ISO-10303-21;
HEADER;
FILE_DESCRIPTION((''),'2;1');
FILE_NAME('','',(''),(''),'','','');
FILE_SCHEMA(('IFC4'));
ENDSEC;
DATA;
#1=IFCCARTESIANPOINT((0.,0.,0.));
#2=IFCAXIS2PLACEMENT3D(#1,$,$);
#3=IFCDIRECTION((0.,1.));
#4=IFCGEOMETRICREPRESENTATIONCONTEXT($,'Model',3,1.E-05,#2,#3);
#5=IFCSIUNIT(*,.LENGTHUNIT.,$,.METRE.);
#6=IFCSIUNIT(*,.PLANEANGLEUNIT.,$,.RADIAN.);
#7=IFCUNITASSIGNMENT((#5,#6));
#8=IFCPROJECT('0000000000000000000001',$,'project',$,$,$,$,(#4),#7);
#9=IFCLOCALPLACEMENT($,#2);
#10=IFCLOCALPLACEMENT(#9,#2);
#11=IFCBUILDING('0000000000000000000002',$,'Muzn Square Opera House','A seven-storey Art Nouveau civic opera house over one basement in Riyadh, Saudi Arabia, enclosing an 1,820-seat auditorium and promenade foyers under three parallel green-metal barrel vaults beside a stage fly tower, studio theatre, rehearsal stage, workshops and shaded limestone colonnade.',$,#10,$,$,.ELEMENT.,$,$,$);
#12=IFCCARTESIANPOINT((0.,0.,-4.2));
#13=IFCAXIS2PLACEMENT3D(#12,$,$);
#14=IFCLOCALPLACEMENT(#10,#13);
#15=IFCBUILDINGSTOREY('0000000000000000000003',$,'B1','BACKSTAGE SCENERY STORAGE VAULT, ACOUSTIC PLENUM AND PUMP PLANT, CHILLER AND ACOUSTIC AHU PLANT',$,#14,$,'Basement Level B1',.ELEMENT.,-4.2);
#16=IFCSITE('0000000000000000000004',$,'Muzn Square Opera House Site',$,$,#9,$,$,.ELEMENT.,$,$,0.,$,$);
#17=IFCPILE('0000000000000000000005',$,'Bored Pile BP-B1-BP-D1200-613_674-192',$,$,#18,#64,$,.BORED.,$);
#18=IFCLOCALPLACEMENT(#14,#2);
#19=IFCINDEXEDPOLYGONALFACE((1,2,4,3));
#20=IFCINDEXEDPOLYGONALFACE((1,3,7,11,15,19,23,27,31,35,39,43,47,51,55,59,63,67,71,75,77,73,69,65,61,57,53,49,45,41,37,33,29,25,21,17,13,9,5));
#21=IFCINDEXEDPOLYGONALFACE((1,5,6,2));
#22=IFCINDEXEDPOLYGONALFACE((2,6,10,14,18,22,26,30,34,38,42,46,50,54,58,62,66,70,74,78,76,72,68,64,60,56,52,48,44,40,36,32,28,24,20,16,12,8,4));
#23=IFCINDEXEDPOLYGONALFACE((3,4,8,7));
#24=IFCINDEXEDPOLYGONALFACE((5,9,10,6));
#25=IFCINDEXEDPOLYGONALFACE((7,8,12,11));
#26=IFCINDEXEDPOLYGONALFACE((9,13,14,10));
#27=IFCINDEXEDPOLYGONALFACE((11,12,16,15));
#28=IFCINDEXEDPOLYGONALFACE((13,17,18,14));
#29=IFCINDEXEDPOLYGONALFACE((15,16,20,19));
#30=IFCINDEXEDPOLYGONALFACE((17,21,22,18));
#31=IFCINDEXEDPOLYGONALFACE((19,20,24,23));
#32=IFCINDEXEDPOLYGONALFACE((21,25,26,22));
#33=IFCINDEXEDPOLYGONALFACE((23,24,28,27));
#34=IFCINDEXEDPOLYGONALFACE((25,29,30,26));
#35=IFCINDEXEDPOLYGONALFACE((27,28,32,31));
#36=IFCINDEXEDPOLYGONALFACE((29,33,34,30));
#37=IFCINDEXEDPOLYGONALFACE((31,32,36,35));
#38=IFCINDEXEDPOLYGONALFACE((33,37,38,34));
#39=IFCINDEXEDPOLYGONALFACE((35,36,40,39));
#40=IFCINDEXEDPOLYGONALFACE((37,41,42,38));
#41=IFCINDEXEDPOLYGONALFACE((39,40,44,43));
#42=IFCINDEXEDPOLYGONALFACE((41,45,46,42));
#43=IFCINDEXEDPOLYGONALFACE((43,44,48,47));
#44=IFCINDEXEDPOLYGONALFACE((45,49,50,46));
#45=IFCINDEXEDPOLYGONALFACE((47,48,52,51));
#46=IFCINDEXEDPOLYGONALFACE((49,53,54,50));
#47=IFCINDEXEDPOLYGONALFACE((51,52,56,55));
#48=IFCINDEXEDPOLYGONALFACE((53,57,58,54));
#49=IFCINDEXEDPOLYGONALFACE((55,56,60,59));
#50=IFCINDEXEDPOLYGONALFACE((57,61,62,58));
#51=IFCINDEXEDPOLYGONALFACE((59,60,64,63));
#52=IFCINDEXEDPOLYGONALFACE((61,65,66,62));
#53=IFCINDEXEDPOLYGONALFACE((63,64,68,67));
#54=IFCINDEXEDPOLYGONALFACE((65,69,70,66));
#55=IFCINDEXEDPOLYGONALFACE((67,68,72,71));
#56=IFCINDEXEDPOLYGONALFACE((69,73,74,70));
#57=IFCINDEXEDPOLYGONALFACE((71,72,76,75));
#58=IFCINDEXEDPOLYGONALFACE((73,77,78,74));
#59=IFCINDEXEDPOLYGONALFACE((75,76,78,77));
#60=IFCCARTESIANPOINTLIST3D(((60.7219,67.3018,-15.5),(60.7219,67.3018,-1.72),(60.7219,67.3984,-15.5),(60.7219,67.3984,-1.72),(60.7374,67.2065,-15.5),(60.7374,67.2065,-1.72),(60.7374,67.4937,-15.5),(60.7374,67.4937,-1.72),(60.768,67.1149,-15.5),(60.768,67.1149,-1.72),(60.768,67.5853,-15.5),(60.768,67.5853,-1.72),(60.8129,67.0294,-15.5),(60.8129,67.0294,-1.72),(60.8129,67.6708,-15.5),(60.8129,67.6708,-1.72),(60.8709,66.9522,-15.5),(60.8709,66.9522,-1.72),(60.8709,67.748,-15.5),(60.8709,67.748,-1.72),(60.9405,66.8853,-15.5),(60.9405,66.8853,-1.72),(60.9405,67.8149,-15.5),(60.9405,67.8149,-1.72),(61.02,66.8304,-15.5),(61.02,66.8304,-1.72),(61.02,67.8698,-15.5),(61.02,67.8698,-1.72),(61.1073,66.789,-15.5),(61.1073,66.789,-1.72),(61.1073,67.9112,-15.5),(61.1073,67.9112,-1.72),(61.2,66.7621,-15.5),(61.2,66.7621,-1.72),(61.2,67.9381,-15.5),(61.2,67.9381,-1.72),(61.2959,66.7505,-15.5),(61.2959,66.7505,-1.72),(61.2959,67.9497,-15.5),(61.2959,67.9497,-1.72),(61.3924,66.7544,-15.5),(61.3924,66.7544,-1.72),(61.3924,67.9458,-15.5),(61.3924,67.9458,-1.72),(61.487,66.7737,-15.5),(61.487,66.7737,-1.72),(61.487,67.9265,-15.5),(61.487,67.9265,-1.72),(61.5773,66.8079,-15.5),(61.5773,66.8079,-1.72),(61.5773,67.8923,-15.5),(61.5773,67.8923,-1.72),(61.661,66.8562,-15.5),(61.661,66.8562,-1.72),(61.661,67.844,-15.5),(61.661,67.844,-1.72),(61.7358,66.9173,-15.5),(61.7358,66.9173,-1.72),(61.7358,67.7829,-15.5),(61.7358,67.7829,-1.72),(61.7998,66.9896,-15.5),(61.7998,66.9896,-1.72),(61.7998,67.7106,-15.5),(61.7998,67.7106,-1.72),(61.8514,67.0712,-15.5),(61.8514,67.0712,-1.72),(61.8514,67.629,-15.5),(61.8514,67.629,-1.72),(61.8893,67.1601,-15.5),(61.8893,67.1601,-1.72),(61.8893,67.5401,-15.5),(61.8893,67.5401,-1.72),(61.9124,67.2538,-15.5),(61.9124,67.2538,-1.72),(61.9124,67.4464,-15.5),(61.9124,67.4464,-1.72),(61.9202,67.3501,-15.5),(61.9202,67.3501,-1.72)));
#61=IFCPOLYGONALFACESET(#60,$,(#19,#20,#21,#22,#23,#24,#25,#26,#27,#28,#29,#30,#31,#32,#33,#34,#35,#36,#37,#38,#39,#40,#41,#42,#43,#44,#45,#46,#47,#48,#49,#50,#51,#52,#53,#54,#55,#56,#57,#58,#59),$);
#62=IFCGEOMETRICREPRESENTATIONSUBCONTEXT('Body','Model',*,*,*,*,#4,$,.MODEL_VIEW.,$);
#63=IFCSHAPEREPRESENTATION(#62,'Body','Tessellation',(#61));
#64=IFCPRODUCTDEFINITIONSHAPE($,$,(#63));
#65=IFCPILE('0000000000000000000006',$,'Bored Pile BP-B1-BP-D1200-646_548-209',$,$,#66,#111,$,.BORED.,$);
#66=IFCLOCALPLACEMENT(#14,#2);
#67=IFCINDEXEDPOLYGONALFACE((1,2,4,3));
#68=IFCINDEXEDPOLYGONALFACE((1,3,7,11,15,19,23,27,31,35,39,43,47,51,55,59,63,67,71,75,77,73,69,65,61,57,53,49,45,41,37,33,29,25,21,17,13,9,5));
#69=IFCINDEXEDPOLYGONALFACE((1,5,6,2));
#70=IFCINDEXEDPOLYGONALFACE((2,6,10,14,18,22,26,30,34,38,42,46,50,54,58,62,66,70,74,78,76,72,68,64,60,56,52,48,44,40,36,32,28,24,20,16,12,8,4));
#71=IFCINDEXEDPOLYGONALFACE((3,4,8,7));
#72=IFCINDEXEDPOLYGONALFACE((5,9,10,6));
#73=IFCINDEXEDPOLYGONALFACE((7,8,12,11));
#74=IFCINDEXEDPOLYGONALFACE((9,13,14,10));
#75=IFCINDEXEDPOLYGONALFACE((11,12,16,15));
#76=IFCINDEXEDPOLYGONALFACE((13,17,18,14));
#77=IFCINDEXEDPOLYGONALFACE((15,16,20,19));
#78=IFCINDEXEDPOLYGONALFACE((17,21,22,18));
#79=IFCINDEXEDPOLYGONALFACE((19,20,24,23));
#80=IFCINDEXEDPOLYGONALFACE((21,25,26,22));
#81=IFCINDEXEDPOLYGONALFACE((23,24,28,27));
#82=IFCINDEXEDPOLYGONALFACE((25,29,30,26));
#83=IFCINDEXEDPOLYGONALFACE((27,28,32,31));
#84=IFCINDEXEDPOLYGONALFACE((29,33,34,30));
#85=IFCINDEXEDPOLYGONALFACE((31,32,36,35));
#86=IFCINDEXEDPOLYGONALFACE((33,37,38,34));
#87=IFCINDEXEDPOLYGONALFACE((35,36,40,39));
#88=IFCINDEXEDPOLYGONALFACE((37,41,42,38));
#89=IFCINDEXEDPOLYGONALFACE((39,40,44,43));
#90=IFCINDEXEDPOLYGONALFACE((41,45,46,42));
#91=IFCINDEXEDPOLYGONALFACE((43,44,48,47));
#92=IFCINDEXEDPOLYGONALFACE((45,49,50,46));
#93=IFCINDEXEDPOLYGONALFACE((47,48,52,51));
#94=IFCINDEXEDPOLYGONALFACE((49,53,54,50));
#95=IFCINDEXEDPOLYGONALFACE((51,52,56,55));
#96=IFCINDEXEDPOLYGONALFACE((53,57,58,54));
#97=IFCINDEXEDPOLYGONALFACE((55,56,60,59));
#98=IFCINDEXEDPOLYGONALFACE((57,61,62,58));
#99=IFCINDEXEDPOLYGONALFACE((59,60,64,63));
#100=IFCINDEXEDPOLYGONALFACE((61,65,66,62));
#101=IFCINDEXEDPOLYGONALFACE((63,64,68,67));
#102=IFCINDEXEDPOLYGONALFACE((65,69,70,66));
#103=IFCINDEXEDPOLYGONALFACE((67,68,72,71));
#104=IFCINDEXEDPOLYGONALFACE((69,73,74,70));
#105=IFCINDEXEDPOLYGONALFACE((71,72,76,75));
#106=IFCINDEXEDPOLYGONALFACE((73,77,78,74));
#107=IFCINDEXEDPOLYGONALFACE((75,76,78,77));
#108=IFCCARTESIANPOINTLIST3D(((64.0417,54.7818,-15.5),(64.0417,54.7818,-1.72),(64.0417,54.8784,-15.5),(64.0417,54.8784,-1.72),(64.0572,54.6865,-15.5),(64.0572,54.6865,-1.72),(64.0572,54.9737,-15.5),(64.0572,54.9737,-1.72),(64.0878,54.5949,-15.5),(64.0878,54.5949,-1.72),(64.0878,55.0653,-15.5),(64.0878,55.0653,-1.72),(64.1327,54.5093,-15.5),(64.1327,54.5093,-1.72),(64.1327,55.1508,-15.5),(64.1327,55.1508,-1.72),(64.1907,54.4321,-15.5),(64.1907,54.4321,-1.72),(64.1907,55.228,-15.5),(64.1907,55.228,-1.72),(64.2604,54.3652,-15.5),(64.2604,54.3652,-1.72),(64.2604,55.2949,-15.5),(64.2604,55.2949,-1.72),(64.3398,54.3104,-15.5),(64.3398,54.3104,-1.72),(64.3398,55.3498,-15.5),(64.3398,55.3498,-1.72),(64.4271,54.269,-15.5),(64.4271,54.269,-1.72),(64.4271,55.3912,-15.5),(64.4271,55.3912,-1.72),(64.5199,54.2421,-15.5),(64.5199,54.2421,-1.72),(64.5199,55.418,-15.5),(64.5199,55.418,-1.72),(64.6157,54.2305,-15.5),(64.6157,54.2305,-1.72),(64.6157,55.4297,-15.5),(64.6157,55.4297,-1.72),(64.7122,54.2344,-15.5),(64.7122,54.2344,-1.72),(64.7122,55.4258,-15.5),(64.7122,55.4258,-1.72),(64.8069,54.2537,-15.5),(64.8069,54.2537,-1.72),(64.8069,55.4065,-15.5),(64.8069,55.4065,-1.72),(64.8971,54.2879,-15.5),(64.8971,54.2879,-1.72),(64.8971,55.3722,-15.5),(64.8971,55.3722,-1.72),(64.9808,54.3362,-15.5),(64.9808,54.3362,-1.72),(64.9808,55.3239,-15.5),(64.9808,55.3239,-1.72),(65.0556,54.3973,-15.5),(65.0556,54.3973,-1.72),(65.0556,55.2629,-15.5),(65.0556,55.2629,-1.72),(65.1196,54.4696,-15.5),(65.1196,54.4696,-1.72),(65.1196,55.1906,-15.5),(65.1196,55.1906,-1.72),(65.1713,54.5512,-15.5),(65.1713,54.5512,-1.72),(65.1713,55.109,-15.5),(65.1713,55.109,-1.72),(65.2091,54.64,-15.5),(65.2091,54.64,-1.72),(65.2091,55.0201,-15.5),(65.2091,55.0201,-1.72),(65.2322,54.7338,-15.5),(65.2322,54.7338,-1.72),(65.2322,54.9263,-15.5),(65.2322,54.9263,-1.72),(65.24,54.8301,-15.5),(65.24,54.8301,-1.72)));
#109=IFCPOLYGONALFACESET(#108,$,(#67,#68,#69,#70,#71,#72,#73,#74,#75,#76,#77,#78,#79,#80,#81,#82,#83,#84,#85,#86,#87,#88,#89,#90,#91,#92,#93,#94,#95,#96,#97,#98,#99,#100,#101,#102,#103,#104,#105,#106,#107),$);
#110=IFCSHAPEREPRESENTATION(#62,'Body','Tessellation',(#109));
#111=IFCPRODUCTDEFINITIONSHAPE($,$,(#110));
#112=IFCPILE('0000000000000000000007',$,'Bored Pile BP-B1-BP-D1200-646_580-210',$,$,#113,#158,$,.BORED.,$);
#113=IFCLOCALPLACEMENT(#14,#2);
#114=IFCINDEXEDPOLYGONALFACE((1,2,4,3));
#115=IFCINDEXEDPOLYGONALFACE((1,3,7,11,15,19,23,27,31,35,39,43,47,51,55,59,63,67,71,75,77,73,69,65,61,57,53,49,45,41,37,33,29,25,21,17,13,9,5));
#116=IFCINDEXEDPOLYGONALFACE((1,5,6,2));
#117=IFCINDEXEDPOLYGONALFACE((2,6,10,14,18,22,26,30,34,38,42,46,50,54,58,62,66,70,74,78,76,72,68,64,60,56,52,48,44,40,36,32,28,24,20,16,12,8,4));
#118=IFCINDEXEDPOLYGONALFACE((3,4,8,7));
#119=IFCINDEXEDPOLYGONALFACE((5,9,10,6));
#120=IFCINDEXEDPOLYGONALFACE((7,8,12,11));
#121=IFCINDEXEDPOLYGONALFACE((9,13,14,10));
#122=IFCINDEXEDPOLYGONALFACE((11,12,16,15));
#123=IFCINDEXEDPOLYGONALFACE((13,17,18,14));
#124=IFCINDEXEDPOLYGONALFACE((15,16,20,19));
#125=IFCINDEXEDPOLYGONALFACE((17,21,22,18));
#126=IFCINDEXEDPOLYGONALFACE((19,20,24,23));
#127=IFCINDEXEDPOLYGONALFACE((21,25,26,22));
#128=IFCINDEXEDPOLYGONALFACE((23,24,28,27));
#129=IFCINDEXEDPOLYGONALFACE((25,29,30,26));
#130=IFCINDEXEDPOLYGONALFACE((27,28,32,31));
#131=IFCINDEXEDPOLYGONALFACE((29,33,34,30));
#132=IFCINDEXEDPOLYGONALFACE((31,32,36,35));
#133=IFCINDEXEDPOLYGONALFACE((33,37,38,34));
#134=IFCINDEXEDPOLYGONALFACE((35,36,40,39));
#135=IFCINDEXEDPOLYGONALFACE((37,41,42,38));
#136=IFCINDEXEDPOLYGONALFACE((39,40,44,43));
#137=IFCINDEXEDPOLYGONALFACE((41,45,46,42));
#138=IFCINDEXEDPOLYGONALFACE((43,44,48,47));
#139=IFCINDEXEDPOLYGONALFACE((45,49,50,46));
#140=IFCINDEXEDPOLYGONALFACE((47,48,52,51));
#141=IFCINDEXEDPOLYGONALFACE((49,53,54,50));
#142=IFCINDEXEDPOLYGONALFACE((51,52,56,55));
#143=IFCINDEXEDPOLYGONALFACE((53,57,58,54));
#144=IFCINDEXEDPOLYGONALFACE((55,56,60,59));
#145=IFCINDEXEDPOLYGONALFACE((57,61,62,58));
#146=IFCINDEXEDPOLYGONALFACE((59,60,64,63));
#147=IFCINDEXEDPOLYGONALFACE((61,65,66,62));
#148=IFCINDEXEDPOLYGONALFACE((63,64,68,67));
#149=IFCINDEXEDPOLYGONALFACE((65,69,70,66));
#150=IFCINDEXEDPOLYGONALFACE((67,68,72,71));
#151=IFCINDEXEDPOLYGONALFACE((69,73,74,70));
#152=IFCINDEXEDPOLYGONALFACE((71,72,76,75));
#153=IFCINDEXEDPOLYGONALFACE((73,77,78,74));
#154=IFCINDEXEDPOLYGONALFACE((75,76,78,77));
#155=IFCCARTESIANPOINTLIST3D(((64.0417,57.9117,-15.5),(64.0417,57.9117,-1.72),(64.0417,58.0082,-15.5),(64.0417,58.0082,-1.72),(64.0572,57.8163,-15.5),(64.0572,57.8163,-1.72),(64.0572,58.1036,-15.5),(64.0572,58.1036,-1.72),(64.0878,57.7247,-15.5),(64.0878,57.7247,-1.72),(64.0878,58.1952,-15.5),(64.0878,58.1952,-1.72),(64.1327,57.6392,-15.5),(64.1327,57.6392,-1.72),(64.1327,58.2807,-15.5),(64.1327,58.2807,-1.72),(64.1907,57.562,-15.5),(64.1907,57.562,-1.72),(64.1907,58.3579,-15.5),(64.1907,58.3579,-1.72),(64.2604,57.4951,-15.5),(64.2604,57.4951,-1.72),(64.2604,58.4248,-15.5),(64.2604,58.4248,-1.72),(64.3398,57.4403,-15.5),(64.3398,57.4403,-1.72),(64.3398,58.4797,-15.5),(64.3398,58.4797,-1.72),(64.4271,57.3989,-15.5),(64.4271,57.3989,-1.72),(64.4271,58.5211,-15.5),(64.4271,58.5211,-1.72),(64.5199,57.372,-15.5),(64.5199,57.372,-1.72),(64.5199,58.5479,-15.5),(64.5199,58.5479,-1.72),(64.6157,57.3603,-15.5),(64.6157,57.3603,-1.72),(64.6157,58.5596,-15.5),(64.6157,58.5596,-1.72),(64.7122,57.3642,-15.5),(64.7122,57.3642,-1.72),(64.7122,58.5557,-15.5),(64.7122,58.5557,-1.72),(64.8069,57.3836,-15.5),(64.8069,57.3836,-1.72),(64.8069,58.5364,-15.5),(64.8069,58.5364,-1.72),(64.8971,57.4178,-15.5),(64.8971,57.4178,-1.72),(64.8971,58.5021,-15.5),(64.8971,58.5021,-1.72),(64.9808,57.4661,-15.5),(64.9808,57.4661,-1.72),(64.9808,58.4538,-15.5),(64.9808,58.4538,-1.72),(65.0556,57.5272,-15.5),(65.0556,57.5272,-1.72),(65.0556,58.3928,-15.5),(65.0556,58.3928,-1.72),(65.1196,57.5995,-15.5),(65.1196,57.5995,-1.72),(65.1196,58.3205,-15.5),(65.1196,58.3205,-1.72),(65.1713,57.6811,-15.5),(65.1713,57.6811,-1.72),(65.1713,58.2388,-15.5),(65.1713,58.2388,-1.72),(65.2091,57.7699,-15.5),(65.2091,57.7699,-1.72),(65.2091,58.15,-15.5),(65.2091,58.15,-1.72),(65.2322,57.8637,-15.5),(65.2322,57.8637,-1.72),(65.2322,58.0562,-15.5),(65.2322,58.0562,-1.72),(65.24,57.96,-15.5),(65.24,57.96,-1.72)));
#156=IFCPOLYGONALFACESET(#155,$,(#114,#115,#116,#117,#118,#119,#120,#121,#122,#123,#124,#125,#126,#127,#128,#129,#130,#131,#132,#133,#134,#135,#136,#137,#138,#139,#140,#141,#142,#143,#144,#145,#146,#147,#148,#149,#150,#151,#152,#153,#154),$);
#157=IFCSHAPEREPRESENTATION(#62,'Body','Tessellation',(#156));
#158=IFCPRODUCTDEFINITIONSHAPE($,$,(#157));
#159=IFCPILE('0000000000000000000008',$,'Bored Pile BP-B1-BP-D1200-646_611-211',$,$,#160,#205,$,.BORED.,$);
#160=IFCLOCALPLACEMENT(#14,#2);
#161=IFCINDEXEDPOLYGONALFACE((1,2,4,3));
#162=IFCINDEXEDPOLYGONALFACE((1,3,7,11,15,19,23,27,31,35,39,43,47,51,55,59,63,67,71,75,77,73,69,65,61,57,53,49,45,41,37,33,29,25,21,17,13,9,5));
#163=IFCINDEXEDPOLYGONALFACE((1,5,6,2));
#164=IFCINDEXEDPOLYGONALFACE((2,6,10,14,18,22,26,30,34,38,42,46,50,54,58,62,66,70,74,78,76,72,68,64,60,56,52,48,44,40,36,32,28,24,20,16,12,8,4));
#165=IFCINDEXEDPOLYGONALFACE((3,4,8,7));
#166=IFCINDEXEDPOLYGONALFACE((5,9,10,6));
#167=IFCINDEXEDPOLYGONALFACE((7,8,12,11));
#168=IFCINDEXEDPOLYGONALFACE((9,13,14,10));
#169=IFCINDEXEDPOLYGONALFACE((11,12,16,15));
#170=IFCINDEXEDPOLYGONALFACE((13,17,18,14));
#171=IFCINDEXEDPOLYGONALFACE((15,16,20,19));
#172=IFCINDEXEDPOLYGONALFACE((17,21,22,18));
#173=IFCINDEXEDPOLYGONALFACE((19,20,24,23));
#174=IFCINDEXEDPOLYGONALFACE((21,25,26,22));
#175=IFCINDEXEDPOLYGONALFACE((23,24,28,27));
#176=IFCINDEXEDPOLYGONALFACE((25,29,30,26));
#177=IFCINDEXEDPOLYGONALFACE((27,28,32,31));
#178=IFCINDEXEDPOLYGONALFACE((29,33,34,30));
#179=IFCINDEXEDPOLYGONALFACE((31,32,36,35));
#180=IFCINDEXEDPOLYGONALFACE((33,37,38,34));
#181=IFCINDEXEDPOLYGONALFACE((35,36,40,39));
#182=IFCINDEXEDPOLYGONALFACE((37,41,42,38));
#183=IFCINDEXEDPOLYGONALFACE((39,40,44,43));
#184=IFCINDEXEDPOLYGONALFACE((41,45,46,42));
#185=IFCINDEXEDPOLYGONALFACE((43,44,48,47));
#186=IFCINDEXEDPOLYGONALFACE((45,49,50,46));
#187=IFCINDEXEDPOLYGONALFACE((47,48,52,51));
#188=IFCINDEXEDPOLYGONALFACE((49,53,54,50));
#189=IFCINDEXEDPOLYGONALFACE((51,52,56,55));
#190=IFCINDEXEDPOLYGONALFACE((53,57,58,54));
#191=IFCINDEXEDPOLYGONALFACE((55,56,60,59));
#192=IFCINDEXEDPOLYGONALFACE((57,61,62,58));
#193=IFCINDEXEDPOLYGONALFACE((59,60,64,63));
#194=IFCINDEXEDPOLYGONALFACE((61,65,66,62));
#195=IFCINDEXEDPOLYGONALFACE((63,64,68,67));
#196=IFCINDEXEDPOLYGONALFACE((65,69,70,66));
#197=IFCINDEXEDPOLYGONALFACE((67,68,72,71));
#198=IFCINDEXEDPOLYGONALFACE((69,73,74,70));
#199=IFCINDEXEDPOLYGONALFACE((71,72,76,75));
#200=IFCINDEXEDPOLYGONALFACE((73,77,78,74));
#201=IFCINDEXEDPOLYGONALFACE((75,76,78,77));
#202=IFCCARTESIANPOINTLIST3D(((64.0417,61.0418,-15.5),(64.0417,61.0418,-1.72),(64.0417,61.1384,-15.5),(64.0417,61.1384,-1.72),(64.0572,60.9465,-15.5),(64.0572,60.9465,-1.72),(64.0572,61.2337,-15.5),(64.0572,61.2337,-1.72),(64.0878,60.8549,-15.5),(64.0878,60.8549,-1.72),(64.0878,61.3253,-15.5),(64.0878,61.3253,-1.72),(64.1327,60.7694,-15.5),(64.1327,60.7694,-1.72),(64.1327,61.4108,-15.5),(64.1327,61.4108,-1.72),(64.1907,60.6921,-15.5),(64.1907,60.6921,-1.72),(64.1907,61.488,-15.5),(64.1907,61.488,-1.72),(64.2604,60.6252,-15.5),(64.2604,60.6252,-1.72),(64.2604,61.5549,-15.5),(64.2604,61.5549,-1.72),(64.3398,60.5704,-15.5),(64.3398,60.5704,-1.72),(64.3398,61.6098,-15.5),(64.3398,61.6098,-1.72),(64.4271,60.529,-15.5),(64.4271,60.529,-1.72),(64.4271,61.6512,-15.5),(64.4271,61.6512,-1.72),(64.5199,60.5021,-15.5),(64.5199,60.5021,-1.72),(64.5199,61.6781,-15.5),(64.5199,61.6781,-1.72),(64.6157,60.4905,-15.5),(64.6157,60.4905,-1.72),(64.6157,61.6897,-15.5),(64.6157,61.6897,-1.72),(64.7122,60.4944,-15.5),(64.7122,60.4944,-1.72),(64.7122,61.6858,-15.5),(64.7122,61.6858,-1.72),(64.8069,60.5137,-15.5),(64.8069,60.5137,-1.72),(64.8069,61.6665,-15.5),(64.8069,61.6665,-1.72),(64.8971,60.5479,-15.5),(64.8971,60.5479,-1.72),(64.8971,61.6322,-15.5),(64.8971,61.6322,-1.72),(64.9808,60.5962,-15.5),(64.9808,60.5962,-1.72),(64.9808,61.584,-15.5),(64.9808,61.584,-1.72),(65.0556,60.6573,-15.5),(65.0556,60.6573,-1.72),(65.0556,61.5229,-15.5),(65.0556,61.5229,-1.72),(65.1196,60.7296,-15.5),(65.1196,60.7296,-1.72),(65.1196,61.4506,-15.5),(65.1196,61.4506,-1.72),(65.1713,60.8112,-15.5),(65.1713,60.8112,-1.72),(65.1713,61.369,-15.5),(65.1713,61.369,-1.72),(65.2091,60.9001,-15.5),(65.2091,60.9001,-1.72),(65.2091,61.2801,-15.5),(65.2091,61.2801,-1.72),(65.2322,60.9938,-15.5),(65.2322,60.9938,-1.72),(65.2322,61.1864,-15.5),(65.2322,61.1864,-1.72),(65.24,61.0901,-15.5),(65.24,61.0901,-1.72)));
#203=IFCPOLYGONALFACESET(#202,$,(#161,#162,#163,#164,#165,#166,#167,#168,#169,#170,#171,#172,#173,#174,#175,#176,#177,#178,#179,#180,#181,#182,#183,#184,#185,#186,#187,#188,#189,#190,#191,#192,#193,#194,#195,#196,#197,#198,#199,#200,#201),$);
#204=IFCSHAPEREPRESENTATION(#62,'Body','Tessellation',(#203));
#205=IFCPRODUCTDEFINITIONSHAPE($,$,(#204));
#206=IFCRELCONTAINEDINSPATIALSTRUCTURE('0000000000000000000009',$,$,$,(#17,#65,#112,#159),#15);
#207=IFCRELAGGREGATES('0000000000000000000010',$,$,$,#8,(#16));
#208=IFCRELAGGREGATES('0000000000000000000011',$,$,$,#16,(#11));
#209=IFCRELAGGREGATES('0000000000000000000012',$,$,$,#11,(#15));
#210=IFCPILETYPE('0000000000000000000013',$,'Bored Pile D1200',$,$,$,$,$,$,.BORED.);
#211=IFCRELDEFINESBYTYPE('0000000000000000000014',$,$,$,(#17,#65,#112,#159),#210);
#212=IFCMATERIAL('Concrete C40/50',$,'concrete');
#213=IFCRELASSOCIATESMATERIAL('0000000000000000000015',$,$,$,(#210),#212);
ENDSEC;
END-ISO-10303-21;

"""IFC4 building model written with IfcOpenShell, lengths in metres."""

from ifc_helpers import new_model, si_unit, direction, frame, origin, origin_2d, place, context, subcontext, project, spatial, circle, extrude, material, material_profile, profile_set, type_object, element, save


model = new_model("IFC4")

# Units and contexts
model_context = context("Model", 3, precision=1e-05, world=origin(), true_north=direction((0.0, 1.0)))
body_context = subcontext(model_context, "Body", "Model", "MODEL_VIEW")
ifc_project = project(units=[si_unit("LENGTHUNIT", "METRE"), si_unit("PLANEANGLEUNIT", "RADIAN")], contexts=[model_context])

# Site, building, storey
site_placement = place(None, origin())
site = spatial("IfcSite", under=ifc_project, at=site_placement, Name="Muzn Square Opera House Site", CompositionType="ELEMENT", RefElevation=0.0)
building_placement = place(site_placement, origin())
building = spatial("IfcBuilding", under=site, at=building_placement, Name="Muzn Square Opera House", Description="A seven-storey Art Nouveau civic opera house over one basement in Riyadh, Saudi Arabia, enclosing an 1,820-seat auditorium and promenade foyers under three parallel green-metal barrel vaults beside a stage fly tower, studio theatre, rehearsal stage, workshops and shaded limestone colonnade.", CompositionType="ELEMENT")
storey_placement = place(building_placement, frame((0.0, 0.0, -4.2)))
storey = spatial("IfcBuildingStorey", under=building, at=storey_placement, Name="B1", Description="BACKSTAGE SCENERY STORAGE VAULT, ACOUSTIC PLENUM AND PUMP PLANT, CHILLER AND ACOUSTIC AHU PLANT", LongName="Basement Level B1", CompositionType="ELEMENT", Elevation=-4.2)

# Piles
ifc_material_1 = material(Name="Concrete C40/50", Category="concrete")
ifc_material_profile_1 = material_profile(ifc_material_1, circle(Radius=0.6001, at=origin_2d()), Name="BORED PILE D1200", Category="concrete")
ifc_profile_set_1 = profile_set([ifc_material_profile_1], Name="Concrete C40/50")
pile_type = type_object("IfcPileType", Name="Bored Pile D1200", PredefinedType="BORED", material=ifc_profile_set_1)
for number, where, z_axis, x_axis, name in (
    (1, (61.3201, 67.3501, -1.72), (0.0, 0.0, -1.0), (1.0, 0.0, 0.0), "Bored Pile BP-B1-BP-D1200-613_674-192"),
    (2, (64.6399, 54.8301, -1.72), (0.0, 0.0, -1.0), (1.0, 0.0, 0.0), "Bored Pile BP-B1-BP-D1200-646_548-209"),
    (3, (64.6399, 57.96, -1.72), (0.0, 0.0, -1.0), (1.0, 0.0, 0.0), "Bored Pile BP-B1-BP-D1200-646_580-210"),
    (4, (64.6399, 61.0901, -1.72), (0.0, 0.0, -1.0), (1.0, 0.0, 0.0), "Bored Pile BP-B1-BP-D1200-646_611-211"),
):
    element("IfcPile", number, at=place(storey_placement, frame(where, z_axis=z_axis, x_axis=x_axis)), inside=storey, type_object=pile_type, Name=name, PredefinedType="BORED", context=body_context, shape_type="SweptSolid", body=[
        extrude(circle(Radius=0.6001, at=origin_2d()), origin(), (0.0, 0.0, 1.0), 13.78),
    ])

save(model, "model.ifc")
